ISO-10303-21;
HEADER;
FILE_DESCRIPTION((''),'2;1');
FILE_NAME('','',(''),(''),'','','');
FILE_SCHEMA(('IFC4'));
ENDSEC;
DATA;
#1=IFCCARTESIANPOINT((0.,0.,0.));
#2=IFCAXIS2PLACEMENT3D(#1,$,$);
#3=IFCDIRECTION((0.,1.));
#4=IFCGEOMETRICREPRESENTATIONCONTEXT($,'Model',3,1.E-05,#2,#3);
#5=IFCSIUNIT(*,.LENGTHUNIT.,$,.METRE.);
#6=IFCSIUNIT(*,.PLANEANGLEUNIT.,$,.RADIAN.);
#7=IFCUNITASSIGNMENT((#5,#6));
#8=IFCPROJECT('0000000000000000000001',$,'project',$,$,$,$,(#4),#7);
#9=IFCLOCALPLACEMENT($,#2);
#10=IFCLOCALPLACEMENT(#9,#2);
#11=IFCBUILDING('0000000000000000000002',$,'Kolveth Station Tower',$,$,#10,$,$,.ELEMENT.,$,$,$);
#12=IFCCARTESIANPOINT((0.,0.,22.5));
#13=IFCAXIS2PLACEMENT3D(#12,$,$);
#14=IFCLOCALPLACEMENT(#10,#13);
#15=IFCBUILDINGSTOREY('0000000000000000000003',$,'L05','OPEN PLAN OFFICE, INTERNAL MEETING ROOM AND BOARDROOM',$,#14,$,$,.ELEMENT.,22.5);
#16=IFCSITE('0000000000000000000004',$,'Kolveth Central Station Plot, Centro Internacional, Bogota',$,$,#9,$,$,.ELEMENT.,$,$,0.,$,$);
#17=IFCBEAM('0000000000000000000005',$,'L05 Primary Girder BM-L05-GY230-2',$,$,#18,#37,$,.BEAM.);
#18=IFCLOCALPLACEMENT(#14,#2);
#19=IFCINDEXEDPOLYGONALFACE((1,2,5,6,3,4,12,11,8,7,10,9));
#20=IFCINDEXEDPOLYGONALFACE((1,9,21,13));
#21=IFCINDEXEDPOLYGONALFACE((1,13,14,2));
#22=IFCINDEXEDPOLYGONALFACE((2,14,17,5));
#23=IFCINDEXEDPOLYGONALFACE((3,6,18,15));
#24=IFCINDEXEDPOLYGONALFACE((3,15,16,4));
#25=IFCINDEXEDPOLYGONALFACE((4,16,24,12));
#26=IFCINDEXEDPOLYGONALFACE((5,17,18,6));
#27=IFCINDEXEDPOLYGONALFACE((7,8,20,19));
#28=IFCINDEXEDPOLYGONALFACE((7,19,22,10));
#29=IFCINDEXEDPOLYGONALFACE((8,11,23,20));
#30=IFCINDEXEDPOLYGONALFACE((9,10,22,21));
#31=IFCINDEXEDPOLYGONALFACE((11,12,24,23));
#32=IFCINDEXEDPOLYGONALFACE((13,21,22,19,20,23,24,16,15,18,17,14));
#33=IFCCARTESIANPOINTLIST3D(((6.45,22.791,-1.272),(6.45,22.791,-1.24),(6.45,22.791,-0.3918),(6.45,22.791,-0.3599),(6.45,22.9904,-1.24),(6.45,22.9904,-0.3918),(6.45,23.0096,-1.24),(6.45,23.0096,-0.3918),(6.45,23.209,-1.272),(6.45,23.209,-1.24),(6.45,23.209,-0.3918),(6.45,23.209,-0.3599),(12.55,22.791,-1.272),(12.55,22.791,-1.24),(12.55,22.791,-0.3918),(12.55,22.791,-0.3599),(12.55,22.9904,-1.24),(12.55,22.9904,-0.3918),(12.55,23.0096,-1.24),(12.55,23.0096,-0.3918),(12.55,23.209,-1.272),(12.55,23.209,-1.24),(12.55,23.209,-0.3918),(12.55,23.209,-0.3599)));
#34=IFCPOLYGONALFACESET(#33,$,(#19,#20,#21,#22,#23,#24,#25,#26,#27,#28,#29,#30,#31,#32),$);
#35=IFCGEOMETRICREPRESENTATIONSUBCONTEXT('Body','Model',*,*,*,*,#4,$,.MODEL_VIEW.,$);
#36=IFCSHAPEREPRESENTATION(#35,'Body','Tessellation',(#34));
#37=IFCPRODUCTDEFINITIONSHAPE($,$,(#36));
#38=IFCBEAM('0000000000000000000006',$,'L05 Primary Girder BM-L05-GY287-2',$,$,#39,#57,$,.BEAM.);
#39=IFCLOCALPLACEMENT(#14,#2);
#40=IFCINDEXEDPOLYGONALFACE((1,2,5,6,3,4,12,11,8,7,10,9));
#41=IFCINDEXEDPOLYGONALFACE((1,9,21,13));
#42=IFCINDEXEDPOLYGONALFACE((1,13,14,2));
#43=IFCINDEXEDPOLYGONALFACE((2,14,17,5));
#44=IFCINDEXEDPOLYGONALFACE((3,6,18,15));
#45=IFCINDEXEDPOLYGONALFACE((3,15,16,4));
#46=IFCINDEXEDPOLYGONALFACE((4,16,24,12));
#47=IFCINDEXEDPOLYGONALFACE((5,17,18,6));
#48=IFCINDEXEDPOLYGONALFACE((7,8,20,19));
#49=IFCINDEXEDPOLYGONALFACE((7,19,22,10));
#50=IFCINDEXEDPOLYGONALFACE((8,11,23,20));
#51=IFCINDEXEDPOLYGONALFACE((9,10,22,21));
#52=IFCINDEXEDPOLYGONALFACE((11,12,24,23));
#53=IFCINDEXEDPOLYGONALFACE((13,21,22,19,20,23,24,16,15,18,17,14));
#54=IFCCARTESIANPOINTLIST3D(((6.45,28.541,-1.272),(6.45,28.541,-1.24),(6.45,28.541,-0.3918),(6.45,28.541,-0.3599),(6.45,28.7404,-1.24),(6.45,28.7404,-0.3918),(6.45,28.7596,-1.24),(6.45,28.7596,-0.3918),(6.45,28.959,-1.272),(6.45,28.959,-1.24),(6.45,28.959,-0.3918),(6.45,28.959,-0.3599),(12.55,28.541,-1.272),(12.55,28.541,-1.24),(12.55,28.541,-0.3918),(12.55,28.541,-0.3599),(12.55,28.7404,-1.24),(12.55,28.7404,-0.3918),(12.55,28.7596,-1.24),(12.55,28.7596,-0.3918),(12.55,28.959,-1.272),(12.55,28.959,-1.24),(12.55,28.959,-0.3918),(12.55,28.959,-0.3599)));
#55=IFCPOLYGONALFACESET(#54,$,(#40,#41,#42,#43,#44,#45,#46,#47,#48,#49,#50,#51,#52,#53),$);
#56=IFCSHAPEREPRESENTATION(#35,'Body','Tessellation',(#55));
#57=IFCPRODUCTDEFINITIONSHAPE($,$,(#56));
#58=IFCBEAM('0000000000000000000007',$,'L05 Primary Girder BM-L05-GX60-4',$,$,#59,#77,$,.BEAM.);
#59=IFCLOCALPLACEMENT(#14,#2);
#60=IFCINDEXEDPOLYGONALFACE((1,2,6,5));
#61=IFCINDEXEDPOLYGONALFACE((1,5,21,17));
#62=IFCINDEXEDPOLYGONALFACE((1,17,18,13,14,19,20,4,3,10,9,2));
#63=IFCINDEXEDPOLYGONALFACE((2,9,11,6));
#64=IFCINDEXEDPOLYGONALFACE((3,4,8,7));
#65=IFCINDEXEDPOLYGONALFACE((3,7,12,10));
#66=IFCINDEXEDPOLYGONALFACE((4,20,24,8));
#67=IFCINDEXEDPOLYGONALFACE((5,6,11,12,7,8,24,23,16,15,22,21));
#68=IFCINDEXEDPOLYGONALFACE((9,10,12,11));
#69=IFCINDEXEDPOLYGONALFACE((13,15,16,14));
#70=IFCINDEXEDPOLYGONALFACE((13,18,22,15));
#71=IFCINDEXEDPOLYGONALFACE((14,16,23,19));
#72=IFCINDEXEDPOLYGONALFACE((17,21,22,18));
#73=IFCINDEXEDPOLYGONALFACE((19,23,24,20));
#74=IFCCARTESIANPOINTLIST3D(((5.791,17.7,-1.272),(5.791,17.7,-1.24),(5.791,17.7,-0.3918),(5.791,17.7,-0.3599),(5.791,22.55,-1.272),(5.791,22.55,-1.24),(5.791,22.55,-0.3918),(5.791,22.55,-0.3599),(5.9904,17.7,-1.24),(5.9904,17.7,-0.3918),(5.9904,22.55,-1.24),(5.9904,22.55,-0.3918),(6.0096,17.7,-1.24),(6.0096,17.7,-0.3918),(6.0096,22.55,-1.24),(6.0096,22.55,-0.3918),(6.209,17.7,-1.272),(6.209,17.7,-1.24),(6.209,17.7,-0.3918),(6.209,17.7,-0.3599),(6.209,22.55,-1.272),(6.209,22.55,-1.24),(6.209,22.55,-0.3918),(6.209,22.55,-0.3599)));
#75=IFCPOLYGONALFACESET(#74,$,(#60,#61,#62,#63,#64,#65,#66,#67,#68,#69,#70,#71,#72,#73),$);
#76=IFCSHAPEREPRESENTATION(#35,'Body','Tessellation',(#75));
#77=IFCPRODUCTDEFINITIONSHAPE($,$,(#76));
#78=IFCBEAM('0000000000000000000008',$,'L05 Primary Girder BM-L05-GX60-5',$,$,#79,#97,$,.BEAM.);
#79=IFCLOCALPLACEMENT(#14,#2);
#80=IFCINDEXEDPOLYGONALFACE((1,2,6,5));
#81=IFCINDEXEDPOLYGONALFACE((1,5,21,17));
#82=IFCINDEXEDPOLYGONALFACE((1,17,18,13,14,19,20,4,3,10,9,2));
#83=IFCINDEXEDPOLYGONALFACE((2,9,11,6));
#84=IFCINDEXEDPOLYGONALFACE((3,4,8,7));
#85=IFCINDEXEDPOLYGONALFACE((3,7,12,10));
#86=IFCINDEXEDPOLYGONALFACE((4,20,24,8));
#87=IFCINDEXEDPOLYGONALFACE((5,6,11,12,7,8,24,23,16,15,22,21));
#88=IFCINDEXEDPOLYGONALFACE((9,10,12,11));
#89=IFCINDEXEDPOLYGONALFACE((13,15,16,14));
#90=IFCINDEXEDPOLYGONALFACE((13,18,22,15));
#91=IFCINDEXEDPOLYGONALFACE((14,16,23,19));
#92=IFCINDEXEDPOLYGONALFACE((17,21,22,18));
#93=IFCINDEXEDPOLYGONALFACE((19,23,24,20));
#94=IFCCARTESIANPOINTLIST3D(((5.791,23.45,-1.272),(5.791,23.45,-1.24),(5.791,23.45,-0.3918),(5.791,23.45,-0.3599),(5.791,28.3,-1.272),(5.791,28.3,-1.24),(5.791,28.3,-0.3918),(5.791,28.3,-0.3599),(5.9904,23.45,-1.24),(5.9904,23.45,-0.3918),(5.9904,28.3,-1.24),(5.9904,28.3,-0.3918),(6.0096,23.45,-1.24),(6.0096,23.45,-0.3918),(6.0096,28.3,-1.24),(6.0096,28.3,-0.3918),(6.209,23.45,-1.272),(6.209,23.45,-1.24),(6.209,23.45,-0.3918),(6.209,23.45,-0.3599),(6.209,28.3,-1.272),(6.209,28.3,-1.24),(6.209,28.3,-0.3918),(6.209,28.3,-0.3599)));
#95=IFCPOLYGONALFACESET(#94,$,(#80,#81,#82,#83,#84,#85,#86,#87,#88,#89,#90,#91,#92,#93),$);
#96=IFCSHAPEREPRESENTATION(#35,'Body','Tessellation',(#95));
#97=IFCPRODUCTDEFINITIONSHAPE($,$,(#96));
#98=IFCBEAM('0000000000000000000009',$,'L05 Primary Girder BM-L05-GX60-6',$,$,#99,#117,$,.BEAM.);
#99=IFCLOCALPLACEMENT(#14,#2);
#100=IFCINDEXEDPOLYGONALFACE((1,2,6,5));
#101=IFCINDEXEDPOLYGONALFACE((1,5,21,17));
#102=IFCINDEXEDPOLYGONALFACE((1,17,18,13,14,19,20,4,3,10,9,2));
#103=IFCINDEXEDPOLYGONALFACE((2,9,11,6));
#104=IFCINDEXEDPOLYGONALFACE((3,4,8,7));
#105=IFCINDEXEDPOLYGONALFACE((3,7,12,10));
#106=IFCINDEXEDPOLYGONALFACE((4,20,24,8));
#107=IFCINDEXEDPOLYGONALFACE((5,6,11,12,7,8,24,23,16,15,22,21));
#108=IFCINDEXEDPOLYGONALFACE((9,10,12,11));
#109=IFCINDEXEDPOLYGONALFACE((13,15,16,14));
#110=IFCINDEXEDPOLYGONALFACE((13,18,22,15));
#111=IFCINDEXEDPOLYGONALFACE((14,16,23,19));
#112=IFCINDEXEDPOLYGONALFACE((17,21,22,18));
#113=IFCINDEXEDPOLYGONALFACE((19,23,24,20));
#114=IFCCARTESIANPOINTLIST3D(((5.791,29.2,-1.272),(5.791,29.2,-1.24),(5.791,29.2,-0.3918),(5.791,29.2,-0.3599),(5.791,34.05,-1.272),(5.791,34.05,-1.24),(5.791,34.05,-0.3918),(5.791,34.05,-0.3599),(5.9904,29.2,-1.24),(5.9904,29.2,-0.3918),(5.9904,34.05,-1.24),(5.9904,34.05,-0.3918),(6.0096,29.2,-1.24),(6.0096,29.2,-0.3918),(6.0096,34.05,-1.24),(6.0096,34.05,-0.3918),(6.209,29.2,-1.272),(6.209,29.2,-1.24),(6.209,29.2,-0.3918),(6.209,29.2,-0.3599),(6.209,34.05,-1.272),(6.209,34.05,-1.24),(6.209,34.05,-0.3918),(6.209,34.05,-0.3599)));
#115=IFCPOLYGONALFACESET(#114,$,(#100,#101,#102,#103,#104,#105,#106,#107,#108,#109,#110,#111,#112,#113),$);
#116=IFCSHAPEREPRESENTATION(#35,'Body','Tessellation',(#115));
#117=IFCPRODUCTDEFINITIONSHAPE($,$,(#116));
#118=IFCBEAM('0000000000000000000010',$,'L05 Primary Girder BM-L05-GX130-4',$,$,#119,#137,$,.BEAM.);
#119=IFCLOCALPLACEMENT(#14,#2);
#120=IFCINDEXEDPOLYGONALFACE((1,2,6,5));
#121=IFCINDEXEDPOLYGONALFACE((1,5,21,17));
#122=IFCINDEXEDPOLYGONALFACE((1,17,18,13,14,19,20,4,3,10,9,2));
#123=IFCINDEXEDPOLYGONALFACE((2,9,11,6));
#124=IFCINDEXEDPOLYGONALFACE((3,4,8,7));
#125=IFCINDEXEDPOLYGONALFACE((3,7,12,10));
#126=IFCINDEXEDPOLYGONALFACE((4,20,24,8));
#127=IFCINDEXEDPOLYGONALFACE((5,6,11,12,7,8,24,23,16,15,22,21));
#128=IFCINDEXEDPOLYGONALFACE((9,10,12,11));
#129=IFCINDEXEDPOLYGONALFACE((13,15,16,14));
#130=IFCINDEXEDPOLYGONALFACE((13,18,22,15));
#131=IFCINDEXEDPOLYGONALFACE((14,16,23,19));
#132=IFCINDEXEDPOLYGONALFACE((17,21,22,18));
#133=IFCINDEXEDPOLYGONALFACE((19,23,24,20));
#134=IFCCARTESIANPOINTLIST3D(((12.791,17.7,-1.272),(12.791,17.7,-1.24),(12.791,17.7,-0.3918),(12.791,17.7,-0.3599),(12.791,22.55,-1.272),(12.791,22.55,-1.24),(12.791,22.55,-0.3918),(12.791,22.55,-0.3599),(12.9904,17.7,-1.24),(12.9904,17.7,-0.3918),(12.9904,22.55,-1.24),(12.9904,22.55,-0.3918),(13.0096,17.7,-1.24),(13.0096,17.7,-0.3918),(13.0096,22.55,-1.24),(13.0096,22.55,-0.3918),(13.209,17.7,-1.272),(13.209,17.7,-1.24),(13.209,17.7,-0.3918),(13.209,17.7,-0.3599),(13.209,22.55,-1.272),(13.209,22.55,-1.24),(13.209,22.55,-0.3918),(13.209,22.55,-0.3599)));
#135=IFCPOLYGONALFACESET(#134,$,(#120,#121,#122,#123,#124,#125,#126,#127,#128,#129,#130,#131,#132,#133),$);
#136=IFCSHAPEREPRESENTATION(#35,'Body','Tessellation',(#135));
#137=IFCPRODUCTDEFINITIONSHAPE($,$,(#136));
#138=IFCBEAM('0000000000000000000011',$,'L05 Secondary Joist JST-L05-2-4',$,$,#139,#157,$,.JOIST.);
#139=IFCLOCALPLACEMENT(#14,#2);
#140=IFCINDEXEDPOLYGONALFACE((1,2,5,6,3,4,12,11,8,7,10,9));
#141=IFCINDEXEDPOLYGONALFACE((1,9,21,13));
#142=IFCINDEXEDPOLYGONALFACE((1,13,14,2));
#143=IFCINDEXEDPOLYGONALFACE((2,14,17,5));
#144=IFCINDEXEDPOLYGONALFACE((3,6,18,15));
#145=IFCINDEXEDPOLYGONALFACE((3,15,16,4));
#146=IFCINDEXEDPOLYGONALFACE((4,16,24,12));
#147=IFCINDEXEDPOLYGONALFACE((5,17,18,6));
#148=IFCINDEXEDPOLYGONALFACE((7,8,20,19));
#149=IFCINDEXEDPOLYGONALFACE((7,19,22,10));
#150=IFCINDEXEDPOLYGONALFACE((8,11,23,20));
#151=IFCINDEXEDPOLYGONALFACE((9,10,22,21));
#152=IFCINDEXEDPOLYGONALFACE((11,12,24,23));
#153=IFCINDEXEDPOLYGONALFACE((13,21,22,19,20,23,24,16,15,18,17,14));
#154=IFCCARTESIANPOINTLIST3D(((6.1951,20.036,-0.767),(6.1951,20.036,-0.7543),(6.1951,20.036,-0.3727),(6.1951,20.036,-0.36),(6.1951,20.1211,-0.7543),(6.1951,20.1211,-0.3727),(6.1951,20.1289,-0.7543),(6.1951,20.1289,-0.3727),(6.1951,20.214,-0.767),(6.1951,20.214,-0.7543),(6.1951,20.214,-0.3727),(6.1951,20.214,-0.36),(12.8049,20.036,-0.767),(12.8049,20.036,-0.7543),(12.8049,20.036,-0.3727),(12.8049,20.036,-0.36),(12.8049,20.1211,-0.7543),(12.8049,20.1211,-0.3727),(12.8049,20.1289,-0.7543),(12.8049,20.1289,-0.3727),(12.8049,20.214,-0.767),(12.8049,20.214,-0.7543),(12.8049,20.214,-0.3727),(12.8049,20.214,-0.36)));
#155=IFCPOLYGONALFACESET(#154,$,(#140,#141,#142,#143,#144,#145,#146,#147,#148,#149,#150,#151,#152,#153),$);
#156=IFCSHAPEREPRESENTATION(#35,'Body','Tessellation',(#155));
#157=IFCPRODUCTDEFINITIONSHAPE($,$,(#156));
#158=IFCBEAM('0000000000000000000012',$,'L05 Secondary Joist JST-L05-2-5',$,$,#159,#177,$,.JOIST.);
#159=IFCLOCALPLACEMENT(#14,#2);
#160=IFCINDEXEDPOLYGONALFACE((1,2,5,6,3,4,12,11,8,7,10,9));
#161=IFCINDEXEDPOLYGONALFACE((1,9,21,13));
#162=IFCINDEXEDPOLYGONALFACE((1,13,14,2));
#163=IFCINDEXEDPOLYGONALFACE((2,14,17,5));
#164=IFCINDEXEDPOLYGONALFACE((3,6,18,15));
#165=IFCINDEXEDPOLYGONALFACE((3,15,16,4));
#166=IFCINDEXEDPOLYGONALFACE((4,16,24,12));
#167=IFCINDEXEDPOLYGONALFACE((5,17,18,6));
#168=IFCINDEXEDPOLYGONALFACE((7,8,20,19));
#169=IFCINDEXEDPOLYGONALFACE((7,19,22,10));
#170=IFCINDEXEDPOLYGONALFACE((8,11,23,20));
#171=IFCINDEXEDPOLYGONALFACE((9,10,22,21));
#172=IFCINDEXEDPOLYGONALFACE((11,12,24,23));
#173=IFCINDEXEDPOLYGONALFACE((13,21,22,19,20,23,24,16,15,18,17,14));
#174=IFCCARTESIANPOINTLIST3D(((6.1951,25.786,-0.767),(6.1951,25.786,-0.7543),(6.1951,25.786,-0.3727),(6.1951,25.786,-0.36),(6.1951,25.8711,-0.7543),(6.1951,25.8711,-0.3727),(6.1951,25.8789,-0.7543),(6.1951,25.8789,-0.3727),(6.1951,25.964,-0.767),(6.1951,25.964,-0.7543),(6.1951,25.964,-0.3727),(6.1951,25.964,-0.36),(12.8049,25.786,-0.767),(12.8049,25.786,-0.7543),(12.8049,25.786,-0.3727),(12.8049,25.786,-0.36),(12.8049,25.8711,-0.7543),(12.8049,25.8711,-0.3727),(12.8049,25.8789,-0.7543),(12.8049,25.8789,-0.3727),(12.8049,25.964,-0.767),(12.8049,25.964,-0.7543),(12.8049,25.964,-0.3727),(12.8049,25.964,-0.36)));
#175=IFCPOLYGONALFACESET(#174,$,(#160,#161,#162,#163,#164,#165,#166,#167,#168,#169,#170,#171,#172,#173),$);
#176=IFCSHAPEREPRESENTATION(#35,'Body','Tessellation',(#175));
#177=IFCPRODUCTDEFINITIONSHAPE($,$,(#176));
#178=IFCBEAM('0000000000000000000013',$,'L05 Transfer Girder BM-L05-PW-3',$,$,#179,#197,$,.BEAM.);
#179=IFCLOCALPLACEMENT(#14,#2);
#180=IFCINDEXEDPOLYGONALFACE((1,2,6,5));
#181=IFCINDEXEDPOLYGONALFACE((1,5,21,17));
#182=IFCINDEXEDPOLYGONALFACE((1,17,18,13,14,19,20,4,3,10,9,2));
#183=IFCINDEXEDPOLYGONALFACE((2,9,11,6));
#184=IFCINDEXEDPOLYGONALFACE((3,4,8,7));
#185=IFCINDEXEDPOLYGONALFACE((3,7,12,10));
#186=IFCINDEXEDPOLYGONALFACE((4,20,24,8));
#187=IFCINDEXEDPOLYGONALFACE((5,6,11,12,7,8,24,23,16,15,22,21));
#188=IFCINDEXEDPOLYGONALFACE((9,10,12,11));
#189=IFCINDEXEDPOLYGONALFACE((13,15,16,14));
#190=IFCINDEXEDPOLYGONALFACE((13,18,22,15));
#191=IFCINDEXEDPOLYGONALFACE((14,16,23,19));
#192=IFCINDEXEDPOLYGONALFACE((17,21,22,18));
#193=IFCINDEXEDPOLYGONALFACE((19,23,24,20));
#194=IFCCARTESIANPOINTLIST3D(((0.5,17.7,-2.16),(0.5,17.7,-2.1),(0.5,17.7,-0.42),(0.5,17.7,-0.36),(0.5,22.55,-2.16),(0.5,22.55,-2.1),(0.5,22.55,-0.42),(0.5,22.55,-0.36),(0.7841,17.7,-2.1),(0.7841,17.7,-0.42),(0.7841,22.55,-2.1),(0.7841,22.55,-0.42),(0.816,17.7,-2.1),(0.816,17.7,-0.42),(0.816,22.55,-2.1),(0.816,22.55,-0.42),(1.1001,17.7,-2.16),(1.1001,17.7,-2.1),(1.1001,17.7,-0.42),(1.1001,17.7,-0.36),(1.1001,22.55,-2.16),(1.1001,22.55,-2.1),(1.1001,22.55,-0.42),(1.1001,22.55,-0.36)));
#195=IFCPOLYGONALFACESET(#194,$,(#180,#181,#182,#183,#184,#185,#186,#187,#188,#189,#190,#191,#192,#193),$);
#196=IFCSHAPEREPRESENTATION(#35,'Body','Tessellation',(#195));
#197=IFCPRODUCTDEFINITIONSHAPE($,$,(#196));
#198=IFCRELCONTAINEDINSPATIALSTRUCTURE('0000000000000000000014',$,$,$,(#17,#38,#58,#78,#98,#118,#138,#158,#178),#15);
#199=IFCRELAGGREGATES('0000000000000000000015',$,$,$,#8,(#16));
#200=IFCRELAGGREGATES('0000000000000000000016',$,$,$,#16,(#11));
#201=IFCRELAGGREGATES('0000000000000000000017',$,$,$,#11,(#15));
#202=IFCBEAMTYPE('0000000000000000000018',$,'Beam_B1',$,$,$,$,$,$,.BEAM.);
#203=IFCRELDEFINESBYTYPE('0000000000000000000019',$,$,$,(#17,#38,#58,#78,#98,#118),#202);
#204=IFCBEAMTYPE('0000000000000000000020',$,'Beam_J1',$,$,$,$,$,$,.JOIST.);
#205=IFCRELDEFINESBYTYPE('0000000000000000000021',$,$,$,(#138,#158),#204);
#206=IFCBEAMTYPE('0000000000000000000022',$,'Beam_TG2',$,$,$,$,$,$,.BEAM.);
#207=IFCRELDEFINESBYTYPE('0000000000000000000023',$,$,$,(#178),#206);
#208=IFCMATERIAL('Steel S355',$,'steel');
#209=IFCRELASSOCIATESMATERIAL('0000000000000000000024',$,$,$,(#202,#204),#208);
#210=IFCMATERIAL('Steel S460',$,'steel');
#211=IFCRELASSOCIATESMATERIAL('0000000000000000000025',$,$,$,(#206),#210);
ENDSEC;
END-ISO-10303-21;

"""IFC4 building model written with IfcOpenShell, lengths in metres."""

from ifc_helpers import new_model, si_unit, direction, frame, origin, origin_2d, place, context, subcontext, project, spatial, i_section, extrude, source, transform, mapped, material, material_profile, profile_set, type_object, element, save


model = new_model("IFC4")

# Units and contexts
model_context = context("Model", 3, precision=1e-05, world=origin(), true_north=direction((0.0, 1.0)))
body_context = subcontext(model_context, "Body", "Model", "MODEL_VIEW")
ifc_project = project(units=[si_unit("LENGTHUNIT", "METRE"), si_unit("PLANEANGLEUNIT", "RADIAN")], contexts=[model_context])

# Site, building, storey
site_placement = place(None, origin())
site = spatial("IfcSite", under=ifc_project, at=site_placement, Name="Kolveth Central Station Plot, Centro Internacional, Bogota", CompositionType="ELEMENT", RefElevation=0.0)
building_placement = place(site_placement, origin())
building = spatial("IfcBuilding", under=site, at=building_placement, Name="Kolveth Station Tower", CompositionType="ELEMENT")
storey_placement = place(building_placement, frame((0.0, 0.0, 22.5)))
storey = spatial("IfcBuildingStorey", under=building, at=storey_placement, Name="L05", Description="OPEN PLAN OFFICE, INTERNAL MEETING ROOM AND BOARDROOM", CompositionType="ELEMENT", Elevation=22.5)

# Shared definitions
ifc_material_1 = material(Name="Steel S460", Category="steel")
ifc_material_2 = material(Name="Steel S355", Category="steel")

# Beams
ifc_material_profile_1 = material_profile(ifc_material_2, i_section(OverallWidth=0.418, OverallDepth=0.9121, WebThickness=0.0193, FlangeThickness=0.032, at=origin_2d()), Name="W920x342")
ifc_profile_set_1 = profile_set([ifc_material_profile_1], Name="Steel S355")
beam_type_1 = type_object("IfcBeamType", Name="Beam_B1", PredefinedType="BEAM", material=ifc_profile_set_1)
shared_shape_1 = source(origin(), body_context, "Body", "SweptSolid", [
    extrude(i_section(OverallWidth=0.418, OverallDepth=0.9121, WebThickness=0.0193, FlangeThickness=0.032, at=origin_2d()), origin(), (0.0, 0.0, 1.0), 6.1001),
])
for number, where, z_axis, x_axis, name in (
    (1, (6.45, 23.0, -0.8159), (1.0, 0.0, 0.0), (0.0, 1.0, 0.0), "L05 Primary Girder BM-L05-GY230-2"),
    (2, (6.45, 28.75, -0.8159), (1.0, 0.0, 0.0), (0.0, 1.0, 0.0), "L05 Primary Girder BM-L05-GY287-2"),
):
    element("IfcBeam", number, at=place(storey_placement, frame(where, z_axis=z_axis, x_axis=x_axis)), inside=storey, type_object=beam_type_1, Name=name, PredefinedType="BEAM", context=body_context, shape_type="MappedRepresentation", body=[
        mapped(shared_shape_1, transform((0.0, 0.0, 0.0), x_axis=(1.0, 0.0, 0.0), y_axis=(0.0, 1.0, 0.0), z_axis=(0.0, 0.0, 1.0), scale=1.0)),
    ])
shared_shape_2 = source(origin(), body_context, "Body", "SweptSolid", [
    extrude(i_section(OverallWidth=0.418, OverallDepth=0.9121, WebThickness=0.0193, FlangeThickness=0.032, at=origin_2d()), origin(), (0.0, 0.0, 1.0), 4.8501),
])
for number, where, z_axis, x_axis, name in (
    (3, (6.0, 17.7, -0.8159), (0.0, 1.0, 0.0), (-1.0, 0.0, 0.0), "L05 Primary Girder BM-L05-GX60-4"),
    (4, (6.0, 23.45, -0.8159), (0.0, 1.0, 0.0), (-1.0, 0.0, 0.0), "L05 Primary Girder BM-L05-GX60-5"),
    (5, (6.0, 29.2, -0.8159), (0.0, 1.0, 0.0), (-1.0, 0.0, 0.0), "L05 Primary Girder BM-L05-GX60-6"),
    (6, (13.0, 17.7, -0.8159), (0.0, 1.0, 0.0), (-1.0, 0.0, 0.0), "L05 Primary Girder BM-L05-GX130-4"),
):
    element("IfcBeam", number, at=place(storey_placement, frame(where, z_axis=z_axis, x_axis=x_axis)), inside=storey, type_object=beam_type_1, Name=name, PredefinedType="BEAM", context=body_context, shape_type="MappedRepresentation", body=[
        mapped(shared_shape_2, transform((0.0, 0.0, 0.0), x_axis=(1.0, 0.0, 0.0), y_axis=(0.0, 1.0, 0.0), z_axis=(0.0, 0.0, 1.0), scale=1.0)),
    ])
ifc_material_profile_2 = material_profile(ifc_material_2, i_section(OverallWidth=0.178, OverallDepth=0.407, WebThickness=0.0078, FlangeThickness=0.0127, at=origin_2d()), Name="W410x60")
ifc_profile_set_2 = profile_set([ifc_material_profile_2], Name="Steel S355")
beam_type_2 = type_object("IfcBeamType", Name="Beam_J1", PredefinedType="JOIST", material=ifc_profile_set_2)
shared_shape_3 = source(origin(), body_context, "Body", "SweptSolid", [
    extrude(i_section(OverallWidth=0.178, OverallDepth=0.407, WebThickness=0.0078, FlangeThickness=0.0127, at=origin_2d()), origin(), (0.0, 0.0, 1.0), 6.6099),
])
for number, where, z_axis, x_axis, name in (
    (7, (6.1951, 20.125, -0.5635), (1.0, 0.0, 0.0), (0.0, 1.0, 0.0), "L05 Secondary Joist JST-L05-2-4"),
    (8, (6.1951, 25.875, -0.5635), (1.0, 0.0, 0.0), (0.0, 1.0, 0.0), "L05 Secondary Joist JST-L05-2-5"),
):
    element("IfcBeam", number, at=place(storey_placement, frame(where, z_axis=z_axis, x_axis=x_axis)), inside=storey, type_object=beam_type_2, Name=name, PredefinedType="JOIST", context=body_context, shape_type="MappedRepresentation", body=[
        mapped(shared_shape_3, transform((0.0, 0.0, 0.0), x_axis=(1.0, 0.0, 0.0), y_axis=(0.0, 1.0, 0.0), z_axis=(0.0, 0.0, 1.0), scale=1.0)),
    ])
ifc_material_profile_3 = material_profile(ifc_material_1, i_section(OverallWidth=0.6001, OverallDepth=1.8, WebThickness=0.032, FlangeThickness=0.0601, at=origin_2d()), Name="PG1800x600x60")
ifc_profile_set_3 = profile_set([ifc_material_profile_3], Name="Steel S460")
beam_type_3 = type_object("IfcBeamType", Name="Beam_TG2", PredefinedType="BEAM", material=ifc_profile_set_3)
shared_shape_4 = source(origin(), body_context, "Body", "SweptSolid", [
    extrude(i_section(OverallWidth=0.6001, OverallDepth=1.8, WebThickness=0.032, FlangeThickness=0.0601, at=origin_2d()), origin(), (0.0, 0.0, 1.0), 4.8501),
])
for number, where, z_axis, x_axis, name in (
    (9, (0.8, 17.7, -1.26), (0.0, 1.0, 0.0), (-1.0, 0.0, 0.0), "L05 Transfer Girder BM-L05-PW-3"),
):
    element("IfcBeam", number, at=place(storey_placement, frame(where, z_axis=z_axis, x_axis=x_axis)), inside=storey, type_object=beam_type_3, Name=name, PredefinedType="BEAM", context=body_context, shape_type="MappedRepresentation", body=[
        mapped(shared_shape_4, transform((0.0, 0.0, 0.0), x_axis=(1.0, 0.0, 0.0), y_axis=(0.0, 1.0, 0.0), z_axis=(0.0, 0.0, 1.0), scale=1.0)),
    ])

save(model, "model.ifc")
